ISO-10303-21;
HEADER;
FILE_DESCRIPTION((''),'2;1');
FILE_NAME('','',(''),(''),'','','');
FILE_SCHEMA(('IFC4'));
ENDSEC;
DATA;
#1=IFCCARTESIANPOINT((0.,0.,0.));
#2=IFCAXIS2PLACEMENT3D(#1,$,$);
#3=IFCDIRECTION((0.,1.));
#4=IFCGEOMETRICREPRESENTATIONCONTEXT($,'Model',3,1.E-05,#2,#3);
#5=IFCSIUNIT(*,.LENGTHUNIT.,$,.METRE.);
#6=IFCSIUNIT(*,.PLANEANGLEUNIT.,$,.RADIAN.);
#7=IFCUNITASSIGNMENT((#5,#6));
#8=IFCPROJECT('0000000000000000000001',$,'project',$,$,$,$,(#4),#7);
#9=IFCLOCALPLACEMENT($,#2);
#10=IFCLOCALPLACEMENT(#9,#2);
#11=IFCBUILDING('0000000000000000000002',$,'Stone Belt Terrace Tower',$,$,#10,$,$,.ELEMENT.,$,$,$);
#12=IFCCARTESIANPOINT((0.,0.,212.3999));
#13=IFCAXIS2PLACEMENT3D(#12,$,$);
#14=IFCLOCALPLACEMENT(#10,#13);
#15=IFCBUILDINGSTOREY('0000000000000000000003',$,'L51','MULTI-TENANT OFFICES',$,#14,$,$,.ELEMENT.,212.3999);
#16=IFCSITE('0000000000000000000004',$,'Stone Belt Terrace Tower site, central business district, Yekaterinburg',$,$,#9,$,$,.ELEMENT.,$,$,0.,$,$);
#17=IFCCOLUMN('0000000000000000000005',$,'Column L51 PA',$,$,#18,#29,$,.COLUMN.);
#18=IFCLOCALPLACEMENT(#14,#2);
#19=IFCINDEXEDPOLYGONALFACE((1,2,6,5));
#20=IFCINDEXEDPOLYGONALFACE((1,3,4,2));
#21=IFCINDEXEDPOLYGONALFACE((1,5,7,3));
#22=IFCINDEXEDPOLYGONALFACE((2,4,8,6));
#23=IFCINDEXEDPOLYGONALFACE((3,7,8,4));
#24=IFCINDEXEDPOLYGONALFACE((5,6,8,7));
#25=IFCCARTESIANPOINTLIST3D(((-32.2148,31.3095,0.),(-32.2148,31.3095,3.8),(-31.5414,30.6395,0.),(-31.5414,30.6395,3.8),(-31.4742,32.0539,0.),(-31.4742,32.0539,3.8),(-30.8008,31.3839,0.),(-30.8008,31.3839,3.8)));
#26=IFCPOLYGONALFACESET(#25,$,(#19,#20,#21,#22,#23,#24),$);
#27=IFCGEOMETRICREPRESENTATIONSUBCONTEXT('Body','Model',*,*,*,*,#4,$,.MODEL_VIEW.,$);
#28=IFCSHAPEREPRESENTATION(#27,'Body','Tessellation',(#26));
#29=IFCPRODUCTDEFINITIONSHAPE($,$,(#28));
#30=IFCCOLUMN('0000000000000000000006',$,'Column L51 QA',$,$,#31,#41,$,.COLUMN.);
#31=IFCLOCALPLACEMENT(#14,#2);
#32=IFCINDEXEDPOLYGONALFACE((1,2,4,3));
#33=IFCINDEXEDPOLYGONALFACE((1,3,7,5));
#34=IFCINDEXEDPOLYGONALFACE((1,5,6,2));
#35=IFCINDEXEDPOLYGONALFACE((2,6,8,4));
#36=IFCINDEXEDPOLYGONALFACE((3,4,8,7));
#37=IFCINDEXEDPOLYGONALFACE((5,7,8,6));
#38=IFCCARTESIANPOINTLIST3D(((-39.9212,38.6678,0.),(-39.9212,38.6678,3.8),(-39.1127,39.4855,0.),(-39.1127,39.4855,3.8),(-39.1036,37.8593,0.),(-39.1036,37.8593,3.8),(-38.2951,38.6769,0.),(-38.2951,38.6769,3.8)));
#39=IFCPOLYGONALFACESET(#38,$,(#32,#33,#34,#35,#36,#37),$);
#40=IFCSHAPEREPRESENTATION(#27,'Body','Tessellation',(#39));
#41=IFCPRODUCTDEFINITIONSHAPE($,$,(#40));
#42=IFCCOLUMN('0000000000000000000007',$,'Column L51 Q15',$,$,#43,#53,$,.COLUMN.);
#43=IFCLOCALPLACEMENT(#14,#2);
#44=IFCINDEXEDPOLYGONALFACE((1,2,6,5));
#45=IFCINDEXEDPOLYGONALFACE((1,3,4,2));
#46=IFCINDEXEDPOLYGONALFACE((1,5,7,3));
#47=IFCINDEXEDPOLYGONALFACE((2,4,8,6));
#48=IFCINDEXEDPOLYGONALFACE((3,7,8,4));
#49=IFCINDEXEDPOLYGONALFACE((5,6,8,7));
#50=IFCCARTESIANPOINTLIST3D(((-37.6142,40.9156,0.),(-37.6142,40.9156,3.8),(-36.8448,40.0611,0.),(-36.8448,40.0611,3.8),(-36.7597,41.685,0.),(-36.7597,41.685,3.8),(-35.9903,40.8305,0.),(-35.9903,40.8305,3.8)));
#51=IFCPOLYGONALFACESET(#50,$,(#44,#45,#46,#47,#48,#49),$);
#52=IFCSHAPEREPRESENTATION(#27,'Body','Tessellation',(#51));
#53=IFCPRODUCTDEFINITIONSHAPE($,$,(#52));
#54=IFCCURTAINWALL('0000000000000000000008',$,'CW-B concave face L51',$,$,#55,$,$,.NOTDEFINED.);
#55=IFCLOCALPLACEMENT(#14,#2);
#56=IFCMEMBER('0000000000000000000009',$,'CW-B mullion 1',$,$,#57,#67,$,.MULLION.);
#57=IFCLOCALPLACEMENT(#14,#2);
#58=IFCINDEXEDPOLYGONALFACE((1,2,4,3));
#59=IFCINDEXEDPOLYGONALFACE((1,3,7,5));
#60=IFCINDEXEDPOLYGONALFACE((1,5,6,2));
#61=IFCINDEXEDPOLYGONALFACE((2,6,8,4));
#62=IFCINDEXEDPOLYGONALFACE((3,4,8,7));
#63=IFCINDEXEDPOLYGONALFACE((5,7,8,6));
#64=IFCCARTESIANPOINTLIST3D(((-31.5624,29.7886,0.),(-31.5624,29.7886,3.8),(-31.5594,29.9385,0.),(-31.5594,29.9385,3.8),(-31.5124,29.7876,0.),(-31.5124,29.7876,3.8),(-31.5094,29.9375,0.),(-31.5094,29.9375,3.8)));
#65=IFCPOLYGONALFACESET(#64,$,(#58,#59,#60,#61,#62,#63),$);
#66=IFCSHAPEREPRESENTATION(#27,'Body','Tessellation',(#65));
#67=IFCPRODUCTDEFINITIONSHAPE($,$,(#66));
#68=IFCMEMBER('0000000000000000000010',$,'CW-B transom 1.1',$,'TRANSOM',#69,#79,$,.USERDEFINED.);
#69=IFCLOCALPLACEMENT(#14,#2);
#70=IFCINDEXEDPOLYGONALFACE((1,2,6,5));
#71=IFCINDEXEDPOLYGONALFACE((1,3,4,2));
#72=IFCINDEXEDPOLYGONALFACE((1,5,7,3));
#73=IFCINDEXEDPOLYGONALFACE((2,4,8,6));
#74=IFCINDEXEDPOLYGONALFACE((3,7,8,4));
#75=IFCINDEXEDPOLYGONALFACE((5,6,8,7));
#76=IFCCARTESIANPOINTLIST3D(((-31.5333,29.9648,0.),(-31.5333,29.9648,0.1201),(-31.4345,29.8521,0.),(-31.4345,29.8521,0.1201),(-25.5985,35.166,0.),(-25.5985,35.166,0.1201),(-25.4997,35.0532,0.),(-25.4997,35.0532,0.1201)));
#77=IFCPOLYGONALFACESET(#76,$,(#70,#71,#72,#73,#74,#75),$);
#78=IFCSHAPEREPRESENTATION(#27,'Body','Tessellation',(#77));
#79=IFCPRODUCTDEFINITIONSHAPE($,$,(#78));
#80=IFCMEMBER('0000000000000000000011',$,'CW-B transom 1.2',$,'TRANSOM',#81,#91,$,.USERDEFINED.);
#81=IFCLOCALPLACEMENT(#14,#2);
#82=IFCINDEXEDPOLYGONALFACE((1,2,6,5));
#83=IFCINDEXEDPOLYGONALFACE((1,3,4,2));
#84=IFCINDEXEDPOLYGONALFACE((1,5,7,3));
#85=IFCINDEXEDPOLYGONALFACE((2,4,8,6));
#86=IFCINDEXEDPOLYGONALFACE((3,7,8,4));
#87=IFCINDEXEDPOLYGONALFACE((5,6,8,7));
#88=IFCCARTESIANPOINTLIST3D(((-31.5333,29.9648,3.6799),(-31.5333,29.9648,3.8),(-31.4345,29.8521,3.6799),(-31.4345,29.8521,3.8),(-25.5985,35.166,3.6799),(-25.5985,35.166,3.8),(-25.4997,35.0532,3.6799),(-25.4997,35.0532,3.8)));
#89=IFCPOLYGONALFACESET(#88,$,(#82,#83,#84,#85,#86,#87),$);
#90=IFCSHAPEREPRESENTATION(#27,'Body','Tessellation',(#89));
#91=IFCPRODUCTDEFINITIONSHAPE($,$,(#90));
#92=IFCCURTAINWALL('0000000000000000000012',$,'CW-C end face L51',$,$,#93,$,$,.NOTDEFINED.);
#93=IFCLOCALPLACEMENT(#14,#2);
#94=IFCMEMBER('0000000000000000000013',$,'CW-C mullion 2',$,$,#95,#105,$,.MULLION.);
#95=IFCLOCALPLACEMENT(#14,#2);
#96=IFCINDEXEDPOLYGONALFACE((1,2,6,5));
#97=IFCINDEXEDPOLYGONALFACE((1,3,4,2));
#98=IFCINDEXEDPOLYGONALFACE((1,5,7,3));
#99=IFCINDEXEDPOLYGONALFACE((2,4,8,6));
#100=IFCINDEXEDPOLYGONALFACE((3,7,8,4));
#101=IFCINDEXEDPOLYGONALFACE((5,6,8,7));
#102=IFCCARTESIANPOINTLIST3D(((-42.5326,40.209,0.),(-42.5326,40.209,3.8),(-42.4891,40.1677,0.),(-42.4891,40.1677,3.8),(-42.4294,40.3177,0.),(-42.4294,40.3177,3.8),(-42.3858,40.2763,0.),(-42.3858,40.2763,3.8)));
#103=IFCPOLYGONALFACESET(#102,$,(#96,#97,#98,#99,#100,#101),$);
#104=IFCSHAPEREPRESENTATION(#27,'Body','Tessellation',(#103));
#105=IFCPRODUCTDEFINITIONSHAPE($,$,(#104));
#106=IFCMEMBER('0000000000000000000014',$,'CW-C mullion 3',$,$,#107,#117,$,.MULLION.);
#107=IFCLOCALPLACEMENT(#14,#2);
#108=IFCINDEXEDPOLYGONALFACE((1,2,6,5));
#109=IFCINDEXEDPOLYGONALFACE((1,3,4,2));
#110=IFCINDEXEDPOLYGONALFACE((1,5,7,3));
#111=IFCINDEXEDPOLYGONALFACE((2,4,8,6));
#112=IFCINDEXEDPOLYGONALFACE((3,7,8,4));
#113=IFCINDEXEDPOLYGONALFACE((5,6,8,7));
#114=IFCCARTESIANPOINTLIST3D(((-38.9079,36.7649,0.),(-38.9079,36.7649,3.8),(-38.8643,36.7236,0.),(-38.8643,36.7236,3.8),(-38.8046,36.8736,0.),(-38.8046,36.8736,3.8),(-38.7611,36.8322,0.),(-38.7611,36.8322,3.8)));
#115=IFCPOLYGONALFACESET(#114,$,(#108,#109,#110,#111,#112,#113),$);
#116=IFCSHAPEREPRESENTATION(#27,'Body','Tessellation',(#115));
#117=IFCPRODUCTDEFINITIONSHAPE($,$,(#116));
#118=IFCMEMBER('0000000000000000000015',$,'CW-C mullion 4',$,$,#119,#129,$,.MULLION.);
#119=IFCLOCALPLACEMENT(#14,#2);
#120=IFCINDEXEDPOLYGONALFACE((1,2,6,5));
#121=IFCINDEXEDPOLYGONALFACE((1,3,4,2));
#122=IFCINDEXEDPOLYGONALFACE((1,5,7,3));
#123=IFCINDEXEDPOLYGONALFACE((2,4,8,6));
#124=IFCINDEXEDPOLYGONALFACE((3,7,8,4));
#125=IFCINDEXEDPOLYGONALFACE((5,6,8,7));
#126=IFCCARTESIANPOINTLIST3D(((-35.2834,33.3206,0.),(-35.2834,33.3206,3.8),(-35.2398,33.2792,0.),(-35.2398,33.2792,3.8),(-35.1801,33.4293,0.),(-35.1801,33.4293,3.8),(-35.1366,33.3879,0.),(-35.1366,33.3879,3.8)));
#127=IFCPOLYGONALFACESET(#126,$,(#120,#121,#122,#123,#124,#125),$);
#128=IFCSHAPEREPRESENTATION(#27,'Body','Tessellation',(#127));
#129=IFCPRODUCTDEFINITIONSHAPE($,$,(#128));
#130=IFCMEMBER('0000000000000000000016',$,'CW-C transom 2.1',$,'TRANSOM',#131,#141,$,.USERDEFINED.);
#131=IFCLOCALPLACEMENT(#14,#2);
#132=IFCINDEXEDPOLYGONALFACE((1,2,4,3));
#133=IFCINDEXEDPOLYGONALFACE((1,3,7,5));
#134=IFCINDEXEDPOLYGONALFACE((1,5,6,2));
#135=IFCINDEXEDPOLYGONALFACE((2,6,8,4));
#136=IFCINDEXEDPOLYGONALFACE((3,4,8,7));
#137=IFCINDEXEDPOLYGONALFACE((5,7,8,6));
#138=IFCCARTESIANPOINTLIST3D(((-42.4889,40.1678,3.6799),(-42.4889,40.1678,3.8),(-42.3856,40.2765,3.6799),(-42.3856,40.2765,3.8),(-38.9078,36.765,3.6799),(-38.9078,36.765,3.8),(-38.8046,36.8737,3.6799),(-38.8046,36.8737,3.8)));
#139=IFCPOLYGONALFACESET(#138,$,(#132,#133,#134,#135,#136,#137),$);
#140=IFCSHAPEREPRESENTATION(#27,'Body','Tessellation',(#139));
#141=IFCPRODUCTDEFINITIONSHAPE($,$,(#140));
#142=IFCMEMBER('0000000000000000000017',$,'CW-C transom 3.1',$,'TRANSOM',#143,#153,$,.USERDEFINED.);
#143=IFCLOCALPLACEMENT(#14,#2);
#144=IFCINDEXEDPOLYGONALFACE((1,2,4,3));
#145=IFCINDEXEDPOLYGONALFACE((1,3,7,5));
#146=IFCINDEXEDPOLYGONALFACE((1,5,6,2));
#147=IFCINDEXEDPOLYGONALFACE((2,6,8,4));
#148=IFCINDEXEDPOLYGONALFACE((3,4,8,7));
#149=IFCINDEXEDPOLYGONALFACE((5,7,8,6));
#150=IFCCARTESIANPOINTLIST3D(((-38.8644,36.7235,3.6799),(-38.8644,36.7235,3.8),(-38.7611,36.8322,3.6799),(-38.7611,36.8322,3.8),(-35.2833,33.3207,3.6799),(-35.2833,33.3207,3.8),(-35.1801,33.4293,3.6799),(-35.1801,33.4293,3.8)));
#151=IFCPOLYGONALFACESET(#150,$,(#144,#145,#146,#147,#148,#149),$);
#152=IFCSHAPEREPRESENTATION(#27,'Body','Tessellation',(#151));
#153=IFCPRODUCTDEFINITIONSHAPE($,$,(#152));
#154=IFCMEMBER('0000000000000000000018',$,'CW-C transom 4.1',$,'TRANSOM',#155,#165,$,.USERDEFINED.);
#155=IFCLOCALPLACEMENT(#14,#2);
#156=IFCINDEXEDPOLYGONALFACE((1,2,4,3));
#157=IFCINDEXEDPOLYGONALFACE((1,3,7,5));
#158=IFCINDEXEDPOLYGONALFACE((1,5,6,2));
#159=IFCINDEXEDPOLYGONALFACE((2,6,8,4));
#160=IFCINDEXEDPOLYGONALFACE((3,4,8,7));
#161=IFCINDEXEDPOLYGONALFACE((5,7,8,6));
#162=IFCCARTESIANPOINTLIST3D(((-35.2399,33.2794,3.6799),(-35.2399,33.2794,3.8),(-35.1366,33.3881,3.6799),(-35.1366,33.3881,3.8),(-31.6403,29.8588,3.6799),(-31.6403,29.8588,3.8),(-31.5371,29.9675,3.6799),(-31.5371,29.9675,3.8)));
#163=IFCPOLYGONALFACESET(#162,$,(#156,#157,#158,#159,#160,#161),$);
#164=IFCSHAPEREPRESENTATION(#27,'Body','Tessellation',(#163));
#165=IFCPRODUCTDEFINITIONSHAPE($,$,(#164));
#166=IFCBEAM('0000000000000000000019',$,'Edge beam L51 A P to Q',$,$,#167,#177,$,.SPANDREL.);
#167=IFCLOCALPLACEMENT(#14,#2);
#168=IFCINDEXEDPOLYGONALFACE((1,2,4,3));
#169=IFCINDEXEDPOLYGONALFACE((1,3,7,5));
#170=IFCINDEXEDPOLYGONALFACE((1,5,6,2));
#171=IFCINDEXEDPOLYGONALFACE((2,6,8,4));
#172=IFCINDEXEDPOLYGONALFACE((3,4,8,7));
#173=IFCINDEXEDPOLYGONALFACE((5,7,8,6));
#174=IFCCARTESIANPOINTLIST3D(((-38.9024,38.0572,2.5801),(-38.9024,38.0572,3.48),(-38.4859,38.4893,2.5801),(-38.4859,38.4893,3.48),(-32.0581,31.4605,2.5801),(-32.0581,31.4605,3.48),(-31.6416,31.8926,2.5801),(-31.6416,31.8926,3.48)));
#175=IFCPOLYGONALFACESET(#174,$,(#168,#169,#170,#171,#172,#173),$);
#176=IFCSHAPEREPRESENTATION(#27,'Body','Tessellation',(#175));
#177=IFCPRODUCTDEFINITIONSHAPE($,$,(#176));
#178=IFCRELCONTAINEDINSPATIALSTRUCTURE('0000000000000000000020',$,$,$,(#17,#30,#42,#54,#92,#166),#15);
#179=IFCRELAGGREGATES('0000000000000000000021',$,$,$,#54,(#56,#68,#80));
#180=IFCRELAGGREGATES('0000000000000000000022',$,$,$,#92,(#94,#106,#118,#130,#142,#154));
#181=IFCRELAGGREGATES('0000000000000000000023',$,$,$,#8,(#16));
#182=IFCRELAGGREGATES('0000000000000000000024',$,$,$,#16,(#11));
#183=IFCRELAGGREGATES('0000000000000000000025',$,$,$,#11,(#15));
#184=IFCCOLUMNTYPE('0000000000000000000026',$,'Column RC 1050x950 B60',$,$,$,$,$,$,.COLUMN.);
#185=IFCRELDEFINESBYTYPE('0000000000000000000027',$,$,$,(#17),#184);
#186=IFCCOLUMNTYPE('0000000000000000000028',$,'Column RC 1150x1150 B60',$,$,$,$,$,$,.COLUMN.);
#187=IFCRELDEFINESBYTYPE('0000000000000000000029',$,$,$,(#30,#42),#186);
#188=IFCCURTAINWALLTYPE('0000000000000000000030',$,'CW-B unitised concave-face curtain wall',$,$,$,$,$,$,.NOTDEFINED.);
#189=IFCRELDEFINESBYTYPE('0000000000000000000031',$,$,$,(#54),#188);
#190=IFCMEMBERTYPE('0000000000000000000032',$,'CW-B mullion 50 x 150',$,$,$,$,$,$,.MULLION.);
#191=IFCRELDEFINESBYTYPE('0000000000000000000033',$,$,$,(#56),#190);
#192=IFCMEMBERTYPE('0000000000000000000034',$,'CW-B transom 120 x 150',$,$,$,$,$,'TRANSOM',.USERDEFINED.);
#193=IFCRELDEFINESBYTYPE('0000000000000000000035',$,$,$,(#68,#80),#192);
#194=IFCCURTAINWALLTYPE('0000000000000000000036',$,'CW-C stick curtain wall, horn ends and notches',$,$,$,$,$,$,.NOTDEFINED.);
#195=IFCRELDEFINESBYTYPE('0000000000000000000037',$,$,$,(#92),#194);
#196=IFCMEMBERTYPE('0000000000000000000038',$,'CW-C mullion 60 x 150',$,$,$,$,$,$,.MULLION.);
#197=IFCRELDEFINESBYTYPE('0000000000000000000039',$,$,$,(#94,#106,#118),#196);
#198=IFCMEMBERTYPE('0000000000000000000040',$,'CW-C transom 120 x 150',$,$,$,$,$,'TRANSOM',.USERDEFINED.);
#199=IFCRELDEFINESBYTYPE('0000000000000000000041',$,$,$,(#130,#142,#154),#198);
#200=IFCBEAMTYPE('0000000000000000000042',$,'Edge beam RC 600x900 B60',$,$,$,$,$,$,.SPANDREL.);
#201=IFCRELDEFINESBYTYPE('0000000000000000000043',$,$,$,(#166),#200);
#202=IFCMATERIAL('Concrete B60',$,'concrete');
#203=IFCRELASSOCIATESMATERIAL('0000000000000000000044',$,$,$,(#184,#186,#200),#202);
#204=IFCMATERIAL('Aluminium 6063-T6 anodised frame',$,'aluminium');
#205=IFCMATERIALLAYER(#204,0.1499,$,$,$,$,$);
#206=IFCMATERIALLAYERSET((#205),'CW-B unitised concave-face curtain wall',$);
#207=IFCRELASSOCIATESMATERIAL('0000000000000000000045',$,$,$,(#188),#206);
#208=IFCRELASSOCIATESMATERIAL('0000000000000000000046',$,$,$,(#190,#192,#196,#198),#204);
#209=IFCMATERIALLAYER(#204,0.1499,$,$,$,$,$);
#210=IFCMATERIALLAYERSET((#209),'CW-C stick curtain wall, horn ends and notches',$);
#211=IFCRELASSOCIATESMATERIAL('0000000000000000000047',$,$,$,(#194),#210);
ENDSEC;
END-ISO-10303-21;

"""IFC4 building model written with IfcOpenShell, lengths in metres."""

from ifc_helpers import new_model, si_unit, direction, frame, origin, origin_2d, place, context, subcontext, project, spatial, rectangle, extrude, material, layer, layer_set, material_profile, profile_set, type_object, element, aggregate, save


model = new_model("IFC4")

# Units and contexts
model_context = context("Model", 3, precision=1e-05, world=origin(), true_north=direction((0.0, 1.0)))
body_context = subcontext(model_context, "Body", "Model", "MODEL_VIEW")
ifc_project = project(units=[si_unit("LENGTHUNIT", "METRE"), si_unit("PLANEANGLEUNIT", "RADIAN")], contexts=[model_context])

# Site, building, storey
site_placement = place(None, origin())
site = spatial("IfcSite", under=ifc_project, at=site_placement, Name="Stone Belt Terrace Tower site, central business district, Yekaterinburg", CompositionType="ELEMENT", RefElevation=0.0)
building_placement = place(site_placement, origin())
building = spatial("IfcBuilding", under=site, at=building_placement, Name="Stone Belt Terrace Tower", CompositionType="ELEMENT")
storey_placement = place(building_placement, frame((0.0, 0.0, 212.3999)))
storey = spatial("IfcBuildingStorey", under=building, at=storey_placement, Name="L51", Description="MULTI-TENANT OFFICES", CompositionType="ELEMENT", Elevation=212.3999)

# Columns
ifc_material_1 = material(Name="Concrete B60", Category="concrete")
ifc_material_profile_1 = material_profile(ifc_material_1, rectangle(XDim=1.05, YDim=0.95, at=origin_2d()), Name="RC 1050x950")
ifc_profile_set_1 = profile_set([ifc_material_profile_1], Name="Concrete B60")
column_type_1 = type_object("IfcColumnType", Name="Column RC 1050x950 B60", PredefinedType="COLUMN", material=ifc_profile_set_1)
column_placement = place(storey_placement, frame((-31.5078, 31.3467, 0.0), z_axis=(0.0, 0.0, 1.0), x_axis=(0.705294, 0.708915, 0.0)))
element("IfcColumn", 1, at=column_placement, inside=storey, type_object=column_type_1, Name="Column L51 PA", PredefinedType="COLUMN", context=body_context, shape_type="SweptSolid", body=[
    extrude(rectangle(XDim=1.05, YDim=0.95, at=origin_2d()), origin(), (0.0, 0.0, 1.0), 3.8),
])
ifc_material_profile_2 = material_profile(ifc_material_1, rectangle(XDim=1.1499, YDim=1.1499, at=origin_2d()), Name="RC 1150x1150")
ifc_profile_set_2 = profile_set([ifc_material_profile_2], Name="Concrete B60")
column_type_2 = type_object("IfcColumnType", Name="Column RC 1150x1150 B60", PredefinedType="COLUMN", material=ifc_profile_set_2)
for number, where, z_axis, x_axis, name in (
    (2, (-39.1082, 38.6724, 0.0), (0.0, 0.0, 1.0), (0.703134, 0.711057, 0.0), "Column L51 QA"),
    (3, (-36.8022, 40.873, 0.0), (0.0, 0.0, 1.0), (0.743145, 0.669131, 0.0), "Column L51 Q15"),
):
    element("IfcColumn", number, at=place(storey_placement, frame(where, z_axis=z_axis, x_axis=x_axis)), inside=storey, type_object=column_type_2, Name=name, PredefinedType="COLUMN", context=body_context, shape_type="SweptSolid", body=[
        extrude(rectangle(XDim=1.1499, YDim=1.1499, at=origin_2d()), origin(), (0.0, 0.0, 1.0), 3.8),
    ])

# Curtain walls, members
ifc_material_2 = material(Name="Aluminium 6063-T6 anodised frame", Category="aluminium")
ifc_layer_1 = layer(ifc_material_2, 0.1499)
ifc_layer_set_1 = layer_set([ifc_layer_1], Name="CW-B unitised concave-face curtain wall")
curtain_wall_type_1 = type_object("IfcCurtainWallType", Name="CW-B unitised concave-face curtain wall", PredefinedType="NOTDEFINED", material=ifc_layer_set_1)
curtain_wall_1_placement = place(storey_placement, origin())
curtain_wall_1 = element("IfcCurtainWall", 4, at=curtain_wall_1_placement, inside=storey, type_object=curtain_wall_type_1, Name="CW-B concave face L51", PredefinedType="NOTDEFINED")
ifc_material_profile_3 = material_profile(ifc_material_2, rectangle(XDim=0.1499, YDim=0.05, at=origin_2d()), Name="Aluminium 6063-T6 50x150")
ifc_profile_set_3 = profile_set([ifc_material_profile_3], Name="Aluminium 6063-T6 anodised frame")
member_type_1 = type_object("IfcMemberType", Name="CW-B mullion 50 x 150", PredefinedType="MULLION", material=ifc_profile_set_3)
member_1_placement = place(storey_placement, frame((-31.5359, 29.863, 0.0), z_axis=(0.0, 0.0, 1.0), x_axis=(0.020135, 0.999797, 0.0)))
member_1 = element("IfcMember", 5, at=member_1_placement, type_object=member_type_1, Name="CW-B mullion 1", PredefinedType="MULLION", context=body_context, shape_type="SweptSolid", body=[
    extrude(rectangle(XDim=0.1499, YDim=0.05, at=origin_2d()), origin(), (0.0, 0.0, 1.0), 3.8),
])
ifc_material_profile_4 = material_profile(ifc_material_2, rectangle(XDim=0.1499, YDim=0.1201, at=origin_2d()), Name="Aluminium 6063-T6 150x120")
ifc_profile_set_4 = profile_set([ifc_material_profile_4], Name="Aluminium 6063-T6 anodised frame")
member_type_2 = type_object("IfcMemberType", Name="CW-B transom 120 x 150", ElementType="TRANSOM", PredefinedType="USERDEFINED", material=ifc_profile_set_4)
member_2_placement = place(storey_placement, frame((-31.4839, 29.9084, 0.0601), z_axis=(0.752061, 0.659094, 0.0), x_axis=(-0.659094, 0.752061, 0.0)))
member_2 = element("IfcMember", 6, at=member_2_placement, type_object=member_type_2, Name="CW-B transom 1.1", ObjectType="TRANSOM", PredefinedType="USERDEFINED", context=body_context, shape_type="SweptSolid", body=[
    extrude(rectangle(XDim=0.1499, YDim=0.1201, at=origin_2d()), origin(), (0.0, 0.0, 1.0), 7.8914),
])
member_3_placement = place(storey_placement, frame((-31.4839, 29.9084, 3.74), z_axis=(0.752061, 0.659094, 0.0), x_axis=(-0.659094, 0.752061, 0.0)))
member_3 = element("IfcMember", 7, at=member_3_placement, type_object=member_type_2, Name="CW-B transom 1.2", ObjectType="TRANSOM", PredefinedType="USERDEFINED", context=body_context, shape_type="SweptSolid", body=[
    extrude(rectangle(XDim=0.1499, YDim=0.1201, at=origin_2d()), origin(), (0.0, 0.0, 1.0), 7.8914),
])
aggregate(curtain_wall_1, [member_1, member_2, member_3])
ifc_layer_2 = layer(ifc_material_2, 0.1499)
ifc_layer_set_2 = layer_set([ifc_layer_2], Name="CW-C stick curtain wall, horn ends and notches")
curtain_wall_type_2 = type_object("IfcCurtainWallType", Name="CW-C stick curtain wall, horn ends and notches", PredefinedType="NOTDEFINED", material=ifc_layer_set_2)
curtain_wall_2_placement = place(storey_placement, origin())
curtain_wall_2 = element("IfcCurtainWall", 8, at=curtain_wall_2_placement, inside=storey, type_object=curtain_wall_type_2, Name="CW-C end face L51", PredefinedType="NOTDEFINED")
ifc_material_profile_5 = material_profile(ifc_material_2, rectangle(XDim=0.1499, YDim=0.0601, at=origin_2d()), Name="Aluminium 6063-T6 60x150")
ifc_profile_set_5 = profile_set([ifc_material_profile_5], Name="Aluminium 6063-T6 anodised frame")
member_type_3 = type_object("IfcMemberType", Name="CW-C mullion 60 x 150", PredefinedType="MULLION", material=ifc_profile_set_5)
member_4_placement = place(storey_placement, frame((-42.4592, 40.2427, 0.0), z_axis=(0.0, 0.0, 1.0), x_axis=(0.68884, 0.724914, 0.0)))
member_4 = element("IfcMember", 9, at=member_4_placement, type_object=member_type_3, Name="CW-C mullion 2", PredefinedType="MULLION", context=body_context, shape_type="SweptSolid", body=[
    extrude(rectangle(XDim=0.1499, YDim=0.0601, at=origin_2d()), origin(), (0.0, 0.0, 1.0), 3.8),
])
member_5_placement = place(storey_placement, frame((-38.8345, 36.7986, 0.0), z_axis=(0.0, 0.0, 1.0), x_axis=(0.68884, 0.724914, 0.0)))
member_5 = element("IfcMember", 10, at=member_5_placement, type_object=member_type_3, Name="CW-C mullion 3", PredefinedType="MULLION", context=body_context, shape_type="SweptSolid", body=[
    extrude(rectangle(XDim=0.1499, YDim=0.0601, at=origin_2d()), origin(), (0.0, 0.0, 1.0), 3.8),
])
member_6_placement = place(storey_placement, frame((-35.21, 33.3542, 0.0), z_axis=(0.0, 0.0, 1.0), x_axis=(0.68884, 0.724914, 0.0)))
member_6 = element("IfcMember", 11, at=member_6_placement, type_object=member_type_3, Name="CW-C mullion 4", PredefinedType="MULLION", context=body_context, shape_type="SweptSolid", body=[
    extrude(rectangle(XDim=0.1499, YDim=0.0601, at=origin_2d()), origin(), (0.0, 0.0, 1.0), 3.8),
])
ifc_material_profile_6 = material_profile(ifc_material_2, rectangle(XDim=0.1499, YDim=0.1201, at=origin_2d()), Name="Aluminium 6063-T6 150x120")
ifc_profile_set_6 = profile_set([ifc_material_profile_6], Name="Aluminium 6063-T6 anodised frame")
member_type_4 = type_object("IfcMemberType", Name="CW-C transom 120 x 150", ElementType="TRANSOM", PredefinedType="USERDEFINED", material=ifc_profile_set_6)
member_7_placement = place(storey_placement, frame((-42.4373, 40.2222, 3.74), z_axis=(0.724916, -0.688838, 0.0), x_axis=(0.688838, 0.724916, 0.0)))
member_7 = element("IfcMember", 12, at=member_7_placement, type_object=member_type_4, Name="CW-C transom 2.1", ObjectType="TRANSOM", PredefinedType="USERDEFINED", context=body_context, shape_type="SweptSolid", body=[
    extrude(rectangle(XDim=0.1499, YDim=0.1201, at=origin_2d()), origin(), (0.0, 0.0, 1.0), 4.9399),
])
member_8_placement = place(storey_placement, frame((-38.8127, 36.7778, 3.74), z_axis=(0.724916, -0.688838, 0.0), x_axis=(0.688838, 0.724916, 0.0)))
member_8 = element("IfcMember", 13, at=member_8_placement, type_object=member_type_4, Name="CW-C transom 3.1", ObjectType="TRANSOM", PredefinedType="USERDEFINED", context=body_context, shape_type="SweptSolid", body=[
    extrude(rectangle(XDim=0.1499, YDim=0.1201, at=origin_2d()), origin(), (0.0, 0.0, 1.0), 4.9399),
])
member_9_placement = place(storey_placement, frame((-35.1882, 33.3337, 3.74), z_axis=(0.724896, -0.688858, 0.0), x_axis=(0.688858, 0.724896, 0.0)))
member_9 = element("IfcMember", 14, at=member_9_placement, type_object=member_type_4, Name="CW-C transom 4.1", ObjectType="TRANSOM", PredefinedType="USERDEFINED", context=body_context, shape_type="SweptSolid", body=[
    extrude(rectangle(XDim=0.1499, YDim=0.1201, at=origin_2d()), origin(), (0.0, 0.0, 1.0), 4.9656),
])

# Beam
ifc_material_profile_7 = material_profile(ifc_material_1, rectangle(XDim=0.6001, YDim=0.8999, at=origin_2d()), Name="RC 600x900")
ifc_profile_set_7 = profile_set([ifc_material_profile_7], Name="Concrete B60")
beam_type_1 = type_object("IfcBeamType", Name="Edge beam RC 600x900 B60", PredefinedType="SPANDREL", material=ifc_profile_set_7)
beam_1_placement = place(storey_placement, frame((-31.8499, 31.6765, 3.03), z_axis=(-0.720008, 0.693965, 0.0), x_axis=(-0.693965, -0.720008, 0.0)))
element("IfcBeam", 15, at=beam_1_placement, inside=storey, type_object=beam_type_1, Name="Edge beam L51 A P to Q", PredefinedType="SPANDREL", context=body_context, shape_type="SweptSolid", body=[
    extrude(rectangle(XDim=0.6001, YDim=0.8999, at=origin_2d()), origin(), (0.0, 0.0, 1.0), 9.5059),
])

aggregate(curtain_wall_2, [member_4, member_5, member_6, member_7, member_8, member_9])

save(model, "model.ifc")
